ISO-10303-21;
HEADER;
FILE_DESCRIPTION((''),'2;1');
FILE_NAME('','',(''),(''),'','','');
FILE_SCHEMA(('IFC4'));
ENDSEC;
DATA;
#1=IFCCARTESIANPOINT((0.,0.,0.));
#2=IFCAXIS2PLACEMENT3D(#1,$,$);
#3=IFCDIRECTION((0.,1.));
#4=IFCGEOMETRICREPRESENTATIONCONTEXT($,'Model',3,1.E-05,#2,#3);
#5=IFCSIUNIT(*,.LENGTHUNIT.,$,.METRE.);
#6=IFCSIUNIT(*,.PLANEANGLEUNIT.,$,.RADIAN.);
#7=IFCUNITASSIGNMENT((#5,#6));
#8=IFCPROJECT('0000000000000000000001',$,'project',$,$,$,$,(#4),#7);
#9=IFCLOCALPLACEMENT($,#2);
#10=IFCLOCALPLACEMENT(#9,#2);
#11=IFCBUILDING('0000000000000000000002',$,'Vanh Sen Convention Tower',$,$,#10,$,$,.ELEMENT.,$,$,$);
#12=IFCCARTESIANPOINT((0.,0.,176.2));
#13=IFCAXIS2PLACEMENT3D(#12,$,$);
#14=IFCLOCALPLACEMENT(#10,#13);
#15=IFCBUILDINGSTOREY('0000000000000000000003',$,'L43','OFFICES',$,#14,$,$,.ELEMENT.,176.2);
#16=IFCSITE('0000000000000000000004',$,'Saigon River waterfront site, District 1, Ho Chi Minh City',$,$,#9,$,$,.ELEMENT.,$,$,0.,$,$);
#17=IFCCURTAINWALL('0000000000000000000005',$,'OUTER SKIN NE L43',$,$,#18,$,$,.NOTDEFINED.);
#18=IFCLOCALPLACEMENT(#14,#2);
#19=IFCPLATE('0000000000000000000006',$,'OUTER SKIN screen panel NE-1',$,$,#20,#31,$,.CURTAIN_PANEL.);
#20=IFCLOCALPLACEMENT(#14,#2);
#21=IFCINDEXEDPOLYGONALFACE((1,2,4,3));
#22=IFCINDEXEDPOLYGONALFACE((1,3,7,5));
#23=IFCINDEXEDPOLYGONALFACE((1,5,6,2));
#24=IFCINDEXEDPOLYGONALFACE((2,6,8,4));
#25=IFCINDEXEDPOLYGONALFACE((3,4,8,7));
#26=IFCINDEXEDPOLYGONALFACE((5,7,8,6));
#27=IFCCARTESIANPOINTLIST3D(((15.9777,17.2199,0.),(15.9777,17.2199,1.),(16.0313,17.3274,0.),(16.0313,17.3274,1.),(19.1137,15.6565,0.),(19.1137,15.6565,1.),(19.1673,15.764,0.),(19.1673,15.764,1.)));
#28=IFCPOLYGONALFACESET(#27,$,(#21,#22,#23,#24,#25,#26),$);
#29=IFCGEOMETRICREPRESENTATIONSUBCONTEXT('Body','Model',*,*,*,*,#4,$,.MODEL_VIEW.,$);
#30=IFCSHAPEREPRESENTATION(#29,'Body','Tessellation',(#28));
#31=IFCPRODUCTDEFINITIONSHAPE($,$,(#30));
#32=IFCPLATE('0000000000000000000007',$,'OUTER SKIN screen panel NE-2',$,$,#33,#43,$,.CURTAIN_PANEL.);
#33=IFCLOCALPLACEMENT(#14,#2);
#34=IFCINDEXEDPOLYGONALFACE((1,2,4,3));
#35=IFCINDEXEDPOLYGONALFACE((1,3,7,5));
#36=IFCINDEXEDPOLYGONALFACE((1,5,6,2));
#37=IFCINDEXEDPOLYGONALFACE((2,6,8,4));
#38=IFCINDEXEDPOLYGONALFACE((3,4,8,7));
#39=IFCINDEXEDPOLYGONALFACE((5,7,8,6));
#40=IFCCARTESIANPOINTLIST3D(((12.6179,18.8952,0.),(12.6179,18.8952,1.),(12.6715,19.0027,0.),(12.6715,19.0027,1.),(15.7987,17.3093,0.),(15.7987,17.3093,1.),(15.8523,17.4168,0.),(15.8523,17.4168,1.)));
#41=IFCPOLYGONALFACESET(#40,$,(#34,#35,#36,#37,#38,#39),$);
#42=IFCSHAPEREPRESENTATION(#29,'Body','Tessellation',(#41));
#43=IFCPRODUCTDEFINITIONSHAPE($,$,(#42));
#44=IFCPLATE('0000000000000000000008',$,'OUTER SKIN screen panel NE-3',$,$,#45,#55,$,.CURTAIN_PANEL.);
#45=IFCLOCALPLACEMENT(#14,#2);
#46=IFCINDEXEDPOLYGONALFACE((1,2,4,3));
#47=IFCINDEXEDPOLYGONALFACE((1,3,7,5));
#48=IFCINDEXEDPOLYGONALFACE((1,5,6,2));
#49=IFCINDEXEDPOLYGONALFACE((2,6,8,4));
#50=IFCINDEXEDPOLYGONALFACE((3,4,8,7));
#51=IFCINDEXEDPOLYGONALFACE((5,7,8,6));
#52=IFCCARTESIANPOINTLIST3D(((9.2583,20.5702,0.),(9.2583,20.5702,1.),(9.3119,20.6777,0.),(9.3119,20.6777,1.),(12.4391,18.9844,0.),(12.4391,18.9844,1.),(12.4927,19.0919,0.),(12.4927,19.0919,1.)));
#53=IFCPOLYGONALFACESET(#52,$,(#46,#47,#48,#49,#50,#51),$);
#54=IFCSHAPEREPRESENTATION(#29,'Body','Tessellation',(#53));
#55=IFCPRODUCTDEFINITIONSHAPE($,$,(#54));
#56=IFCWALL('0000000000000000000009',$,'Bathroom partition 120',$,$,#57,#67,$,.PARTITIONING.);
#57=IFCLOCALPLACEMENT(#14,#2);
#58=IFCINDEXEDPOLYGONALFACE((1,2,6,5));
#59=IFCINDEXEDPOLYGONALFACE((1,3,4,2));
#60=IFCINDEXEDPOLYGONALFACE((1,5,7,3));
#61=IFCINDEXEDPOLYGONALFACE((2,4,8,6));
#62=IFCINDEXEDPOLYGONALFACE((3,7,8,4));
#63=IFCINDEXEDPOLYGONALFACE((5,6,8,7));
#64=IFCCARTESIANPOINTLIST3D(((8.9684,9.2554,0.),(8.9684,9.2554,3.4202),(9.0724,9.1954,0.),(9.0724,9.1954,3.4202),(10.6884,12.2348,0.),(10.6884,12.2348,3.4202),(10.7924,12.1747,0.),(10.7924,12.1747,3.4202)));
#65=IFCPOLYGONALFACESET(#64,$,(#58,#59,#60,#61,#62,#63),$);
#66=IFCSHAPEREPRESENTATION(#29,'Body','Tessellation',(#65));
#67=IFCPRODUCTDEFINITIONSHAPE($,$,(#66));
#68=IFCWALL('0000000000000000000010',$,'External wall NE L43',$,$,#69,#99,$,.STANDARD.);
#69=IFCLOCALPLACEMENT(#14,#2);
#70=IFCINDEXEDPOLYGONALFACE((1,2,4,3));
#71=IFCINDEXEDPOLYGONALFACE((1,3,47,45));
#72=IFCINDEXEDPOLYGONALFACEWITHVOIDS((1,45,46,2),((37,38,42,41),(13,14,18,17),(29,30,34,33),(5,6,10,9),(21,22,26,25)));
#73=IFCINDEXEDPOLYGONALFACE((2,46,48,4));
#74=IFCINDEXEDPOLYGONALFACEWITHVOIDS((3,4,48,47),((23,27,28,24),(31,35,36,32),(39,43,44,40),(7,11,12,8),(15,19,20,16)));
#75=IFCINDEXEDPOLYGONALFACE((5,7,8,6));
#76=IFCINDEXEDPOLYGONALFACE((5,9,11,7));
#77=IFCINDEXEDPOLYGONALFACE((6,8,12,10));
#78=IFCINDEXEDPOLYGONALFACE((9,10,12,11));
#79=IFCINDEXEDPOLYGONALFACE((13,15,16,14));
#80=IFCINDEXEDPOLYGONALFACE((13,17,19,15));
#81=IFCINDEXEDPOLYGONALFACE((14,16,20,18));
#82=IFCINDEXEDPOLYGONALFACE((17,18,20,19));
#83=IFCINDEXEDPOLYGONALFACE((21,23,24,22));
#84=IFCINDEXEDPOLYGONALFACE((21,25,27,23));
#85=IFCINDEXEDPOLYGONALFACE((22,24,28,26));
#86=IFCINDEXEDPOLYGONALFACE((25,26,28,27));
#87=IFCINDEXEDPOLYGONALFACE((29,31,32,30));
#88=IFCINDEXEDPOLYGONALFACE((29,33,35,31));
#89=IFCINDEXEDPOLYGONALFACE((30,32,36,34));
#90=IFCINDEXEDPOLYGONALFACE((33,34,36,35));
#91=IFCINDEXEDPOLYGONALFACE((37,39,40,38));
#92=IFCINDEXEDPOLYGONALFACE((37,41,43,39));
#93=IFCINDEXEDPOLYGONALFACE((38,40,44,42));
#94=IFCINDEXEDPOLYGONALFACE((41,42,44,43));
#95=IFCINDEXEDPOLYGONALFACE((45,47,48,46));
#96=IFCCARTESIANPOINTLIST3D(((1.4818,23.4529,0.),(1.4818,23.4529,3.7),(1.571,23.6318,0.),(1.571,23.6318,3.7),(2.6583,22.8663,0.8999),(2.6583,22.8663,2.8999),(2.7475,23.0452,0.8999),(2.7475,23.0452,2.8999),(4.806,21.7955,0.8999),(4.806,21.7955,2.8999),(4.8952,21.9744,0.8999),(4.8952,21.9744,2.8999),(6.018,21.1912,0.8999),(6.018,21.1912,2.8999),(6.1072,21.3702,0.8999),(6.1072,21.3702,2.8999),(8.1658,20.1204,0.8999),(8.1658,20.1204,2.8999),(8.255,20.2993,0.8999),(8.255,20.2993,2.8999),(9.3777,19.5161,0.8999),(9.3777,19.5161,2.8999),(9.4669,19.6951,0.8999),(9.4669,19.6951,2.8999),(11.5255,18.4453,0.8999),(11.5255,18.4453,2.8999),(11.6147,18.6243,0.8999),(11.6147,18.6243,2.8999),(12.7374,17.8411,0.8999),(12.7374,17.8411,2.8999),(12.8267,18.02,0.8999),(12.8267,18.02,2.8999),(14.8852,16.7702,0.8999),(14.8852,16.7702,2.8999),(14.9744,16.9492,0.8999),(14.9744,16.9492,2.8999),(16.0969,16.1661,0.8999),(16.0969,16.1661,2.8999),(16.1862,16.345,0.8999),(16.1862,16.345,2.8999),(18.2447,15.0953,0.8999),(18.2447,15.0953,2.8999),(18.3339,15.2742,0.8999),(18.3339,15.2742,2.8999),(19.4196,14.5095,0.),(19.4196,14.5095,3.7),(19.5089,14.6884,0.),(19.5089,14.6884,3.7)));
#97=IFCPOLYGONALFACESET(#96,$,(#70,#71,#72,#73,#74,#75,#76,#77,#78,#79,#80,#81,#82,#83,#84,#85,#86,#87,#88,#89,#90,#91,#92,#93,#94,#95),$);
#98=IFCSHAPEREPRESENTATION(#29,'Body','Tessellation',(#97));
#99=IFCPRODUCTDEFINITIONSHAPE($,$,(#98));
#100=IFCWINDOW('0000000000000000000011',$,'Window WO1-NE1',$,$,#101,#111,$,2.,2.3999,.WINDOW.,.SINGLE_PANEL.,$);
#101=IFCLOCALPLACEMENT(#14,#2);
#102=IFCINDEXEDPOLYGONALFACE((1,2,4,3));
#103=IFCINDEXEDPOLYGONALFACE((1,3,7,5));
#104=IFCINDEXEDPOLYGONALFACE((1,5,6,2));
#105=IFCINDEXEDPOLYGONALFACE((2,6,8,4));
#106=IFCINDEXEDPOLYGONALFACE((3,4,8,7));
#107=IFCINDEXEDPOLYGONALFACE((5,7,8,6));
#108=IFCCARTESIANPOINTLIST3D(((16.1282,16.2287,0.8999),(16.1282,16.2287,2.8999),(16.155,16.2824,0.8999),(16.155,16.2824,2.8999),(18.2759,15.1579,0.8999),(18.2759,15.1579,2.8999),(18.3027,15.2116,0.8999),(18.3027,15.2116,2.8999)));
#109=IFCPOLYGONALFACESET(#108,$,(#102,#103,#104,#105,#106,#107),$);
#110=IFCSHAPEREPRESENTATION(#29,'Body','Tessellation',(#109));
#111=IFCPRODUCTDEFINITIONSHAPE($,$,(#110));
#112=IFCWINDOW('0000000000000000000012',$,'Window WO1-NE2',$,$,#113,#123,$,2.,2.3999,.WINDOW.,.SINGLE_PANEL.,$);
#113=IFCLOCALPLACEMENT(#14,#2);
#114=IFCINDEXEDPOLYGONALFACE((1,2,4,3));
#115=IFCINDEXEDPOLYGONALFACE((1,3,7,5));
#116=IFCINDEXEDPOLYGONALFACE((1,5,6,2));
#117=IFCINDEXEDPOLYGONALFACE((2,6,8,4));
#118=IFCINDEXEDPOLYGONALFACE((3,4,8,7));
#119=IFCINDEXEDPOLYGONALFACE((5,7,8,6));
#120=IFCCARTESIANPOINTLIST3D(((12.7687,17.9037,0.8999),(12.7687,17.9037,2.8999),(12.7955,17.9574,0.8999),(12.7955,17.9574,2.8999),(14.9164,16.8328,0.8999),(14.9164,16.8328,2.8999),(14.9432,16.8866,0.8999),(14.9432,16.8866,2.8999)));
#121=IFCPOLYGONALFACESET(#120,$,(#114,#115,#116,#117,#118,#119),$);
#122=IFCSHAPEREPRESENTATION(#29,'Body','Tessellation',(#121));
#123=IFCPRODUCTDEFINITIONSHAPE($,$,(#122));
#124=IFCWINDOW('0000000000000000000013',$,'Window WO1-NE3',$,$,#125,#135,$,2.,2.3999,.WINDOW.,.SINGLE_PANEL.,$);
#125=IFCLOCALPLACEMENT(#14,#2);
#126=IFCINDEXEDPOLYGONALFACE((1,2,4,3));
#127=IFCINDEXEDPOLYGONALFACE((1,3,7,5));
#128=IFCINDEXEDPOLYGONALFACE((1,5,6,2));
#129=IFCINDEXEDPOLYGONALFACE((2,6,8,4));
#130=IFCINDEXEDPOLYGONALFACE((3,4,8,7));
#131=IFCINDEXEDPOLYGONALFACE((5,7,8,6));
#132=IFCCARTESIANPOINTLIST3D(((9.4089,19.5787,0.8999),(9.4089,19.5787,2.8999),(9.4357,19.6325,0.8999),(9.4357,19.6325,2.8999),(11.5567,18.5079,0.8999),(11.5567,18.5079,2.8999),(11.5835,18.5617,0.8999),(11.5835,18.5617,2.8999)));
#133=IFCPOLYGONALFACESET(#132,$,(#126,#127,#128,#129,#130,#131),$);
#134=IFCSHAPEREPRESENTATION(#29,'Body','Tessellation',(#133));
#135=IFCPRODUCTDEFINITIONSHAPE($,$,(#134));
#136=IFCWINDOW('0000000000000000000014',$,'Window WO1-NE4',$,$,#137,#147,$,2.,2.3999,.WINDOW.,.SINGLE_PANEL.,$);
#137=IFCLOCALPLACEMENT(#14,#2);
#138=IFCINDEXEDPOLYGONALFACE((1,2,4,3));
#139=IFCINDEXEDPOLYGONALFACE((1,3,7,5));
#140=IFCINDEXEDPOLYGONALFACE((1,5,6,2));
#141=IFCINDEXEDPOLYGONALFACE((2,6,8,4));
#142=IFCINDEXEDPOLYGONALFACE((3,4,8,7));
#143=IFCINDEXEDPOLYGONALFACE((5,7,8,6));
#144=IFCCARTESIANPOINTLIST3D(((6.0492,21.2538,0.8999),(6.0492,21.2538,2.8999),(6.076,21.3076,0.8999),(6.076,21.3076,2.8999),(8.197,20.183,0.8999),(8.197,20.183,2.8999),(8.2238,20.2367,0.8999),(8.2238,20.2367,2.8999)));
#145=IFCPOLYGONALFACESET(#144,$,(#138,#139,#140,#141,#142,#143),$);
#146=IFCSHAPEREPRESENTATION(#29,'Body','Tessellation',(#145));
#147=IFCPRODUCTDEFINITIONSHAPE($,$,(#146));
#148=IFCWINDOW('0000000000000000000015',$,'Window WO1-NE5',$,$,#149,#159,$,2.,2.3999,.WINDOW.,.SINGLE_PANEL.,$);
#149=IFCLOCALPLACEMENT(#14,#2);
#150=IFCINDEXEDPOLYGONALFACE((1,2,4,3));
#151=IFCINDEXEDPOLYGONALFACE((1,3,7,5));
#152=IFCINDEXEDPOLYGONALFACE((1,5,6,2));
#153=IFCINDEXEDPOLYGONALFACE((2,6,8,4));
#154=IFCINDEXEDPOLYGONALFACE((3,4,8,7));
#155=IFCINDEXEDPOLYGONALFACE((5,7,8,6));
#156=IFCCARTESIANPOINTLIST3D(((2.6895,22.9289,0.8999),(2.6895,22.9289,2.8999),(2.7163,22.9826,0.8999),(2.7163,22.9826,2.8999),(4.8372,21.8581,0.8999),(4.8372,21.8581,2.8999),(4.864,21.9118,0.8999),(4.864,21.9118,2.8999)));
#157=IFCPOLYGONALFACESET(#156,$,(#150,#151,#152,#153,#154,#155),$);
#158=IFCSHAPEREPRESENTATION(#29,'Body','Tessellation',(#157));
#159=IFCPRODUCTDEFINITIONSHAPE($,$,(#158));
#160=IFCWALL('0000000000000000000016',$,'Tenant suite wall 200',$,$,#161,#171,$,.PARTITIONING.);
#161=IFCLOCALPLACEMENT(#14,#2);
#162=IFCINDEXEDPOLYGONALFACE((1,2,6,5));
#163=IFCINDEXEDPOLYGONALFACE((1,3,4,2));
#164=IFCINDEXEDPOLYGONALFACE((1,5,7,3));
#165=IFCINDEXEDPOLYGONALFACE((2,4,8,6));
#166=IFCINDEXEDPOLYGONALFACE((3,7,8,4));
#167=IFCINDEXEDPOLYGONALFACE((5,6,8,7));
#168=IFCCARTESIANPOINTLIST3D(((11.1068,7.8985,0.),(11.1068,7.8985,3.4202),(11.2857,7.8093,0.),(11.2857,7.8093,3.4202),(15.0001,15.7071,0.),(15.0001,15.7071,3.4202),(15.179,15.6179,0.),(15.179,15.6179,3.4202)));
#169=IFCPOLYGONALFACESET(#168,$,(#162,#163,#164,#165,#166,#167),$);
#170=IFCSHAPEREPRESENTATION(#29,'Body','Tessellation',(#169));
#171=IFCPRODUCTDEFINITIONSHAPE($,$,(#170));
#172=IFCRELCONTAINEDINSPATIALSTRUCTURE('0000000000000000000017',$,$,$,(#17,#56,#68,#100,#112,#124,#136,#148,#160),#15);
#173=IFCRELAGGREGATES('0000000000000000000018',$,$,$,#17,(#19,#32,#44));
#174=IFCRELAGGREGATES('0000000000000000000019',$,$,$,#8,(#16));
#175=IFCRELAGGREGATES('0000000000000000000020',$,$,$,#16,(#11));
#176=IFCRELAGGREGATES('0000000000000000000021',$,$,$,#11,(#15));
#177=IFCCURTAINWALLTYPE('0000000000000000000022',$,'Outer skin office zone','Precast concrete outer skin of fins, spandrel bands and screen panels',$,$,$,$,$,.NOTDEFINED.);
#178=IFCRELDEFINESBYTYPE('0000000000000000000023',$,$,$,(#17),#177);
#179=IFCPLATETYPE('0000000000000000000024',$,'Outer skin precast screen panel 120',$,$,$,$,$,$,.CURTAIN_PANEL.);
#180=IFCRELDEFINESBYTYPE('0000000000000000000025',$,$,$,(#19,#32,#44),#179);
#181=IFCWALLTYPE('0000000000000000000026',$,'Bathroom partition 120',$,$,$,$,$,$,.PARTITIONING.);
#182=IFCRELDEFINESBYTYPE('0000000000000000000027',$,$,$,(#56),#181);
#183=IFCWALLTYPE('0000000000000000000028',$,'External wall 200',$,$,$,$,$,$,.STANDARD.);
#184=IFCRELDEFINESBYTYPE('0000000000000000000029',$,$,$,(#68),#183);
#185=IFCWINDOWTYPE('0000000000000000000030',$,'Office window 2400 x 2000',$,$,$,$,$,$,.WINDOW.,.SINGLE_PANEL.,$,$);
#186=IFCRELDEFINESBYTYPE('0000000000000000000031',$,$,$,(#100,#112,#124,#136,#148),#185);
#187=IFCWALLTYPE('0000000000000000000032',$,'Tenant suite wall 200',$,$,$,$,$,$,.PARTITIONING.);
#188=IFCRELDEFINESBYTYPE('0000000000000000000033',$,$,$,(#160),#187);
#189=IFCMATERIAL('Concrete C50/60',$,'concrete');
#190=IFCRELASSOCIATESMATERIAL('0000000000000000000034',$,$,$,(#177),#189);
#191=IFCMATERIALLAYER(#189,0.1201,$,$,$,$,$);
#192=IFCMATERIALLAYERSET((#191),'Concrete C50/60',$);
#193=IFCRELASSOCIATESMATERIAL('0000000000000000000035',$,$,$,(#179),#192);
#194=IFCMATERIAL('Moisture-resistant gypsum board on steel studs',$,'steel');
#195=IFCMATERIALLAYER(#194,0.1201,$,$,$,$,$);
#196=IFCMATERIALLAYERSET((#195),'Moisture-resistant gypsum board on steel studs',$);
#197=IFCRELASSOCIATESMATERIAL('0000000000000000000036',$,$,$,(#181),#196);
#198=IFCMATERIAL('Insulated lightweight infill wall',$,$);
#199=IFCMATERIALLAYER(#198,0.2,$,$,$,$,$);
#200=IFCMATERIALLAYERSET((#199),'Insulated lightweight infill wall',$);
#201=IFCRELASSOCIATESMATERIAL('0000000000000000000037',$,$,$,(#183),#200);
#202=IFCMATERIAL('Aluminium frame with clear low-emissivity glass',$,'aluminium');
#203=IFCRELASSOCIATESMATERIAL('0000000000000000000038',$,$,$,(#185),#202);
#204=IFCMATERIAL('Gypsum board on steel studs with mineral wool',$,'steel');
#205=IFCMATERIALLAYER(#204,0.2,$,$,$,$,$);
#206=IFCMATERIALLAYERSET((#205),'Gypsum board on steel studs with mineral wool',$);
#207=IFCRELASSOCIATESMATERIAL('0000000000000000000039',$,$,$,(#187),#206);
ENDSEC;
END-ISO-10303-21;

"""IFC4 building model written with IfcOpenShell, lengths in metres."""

from ifc_helpers import new_model, si_unit, direction, frame, frame_2d, origin, origin_2d, place, context, subcontext, project, spatial, rectangle, extrude, material, layer, layer_set, type_object, element, fill, aggregate, save


model = new_model("IFC4")

# Units and contexts
model_context = context("Model", 3, precision=1e-05, world=origin(), true_north=direction((0.0, 1.0)))
body_context = subcontext(model_context, "Body", "Model", "MODEL_VIEW")
ifc_project = project(units=[si_unit("LENGTHUNIT", "METRE"), si_unit("PLANEANGLEUNIT", "RADIAN")], contexts=[model_context])

# Site, building, storey
site_placement = place(None, origin())
site = spatial("IfcSite", under=ifc_project, at=site_placement, Name="Saigon River waterfront site, District 1, Ho Chi Minh City", CompositionType="ELEMENT", RefElevation=0.0)
building_placement = place(site_placement, origin())
building = spatial("IfcBuilding", under=site, at=building_placement, Name="Vanh Sen Convention Tower", CompositionType="ELEMENT")
storey_placement = place(building_placement, frame((0.0, 0.0, 176.2)))
storey = spatial("IfcBuildingStorey", under=building, at=storey_placement, Name="L43", Description="OFFICES", CompositionType="ELEMENT", Elevation=176.2)

# Curtain wall
ifc_material_1 = material(Name="Concrete C50/60", Category="concrete")
curtain_wall_type = type_object("IfcCurtainWallType", Name="Outer skin office zone", Description="Precast concrete outer skin of fins, spandrel bands and screen panels", PredefinedType="NOTDEFINED", material=ifc_material_1)
curtain_wall_1_placement = place(storey_placement, origin())
curtain_wall_1 = element("IfcCurtainWall", 1, at=curtain_wall_1_placement, inside=storey, type_object=curtain_wall_type, Name="OUTER SKIN NE L43", PredefinedType="NOTDEFINED")

# Shared definitions
ifc_layer_1 = layer(ifc_material_1, 0.1201)
ifc_layer_set_1 = layer_set([ifc_layer_1], Name="Concrete C50/60")
plate_type = type_object("IfcPlateType", Name="Outer skin precast screen panel 120", PredefinedType="CURTAIN_PANEL", material=ifc_layer_set_1)

# Plates
plate_1_placement = place(storey_placement, frame((17.5725, 16.4919, 0.0), z_axis=(0.0, 0.0, 1.0), x_axis=(-0.894944, 0.446179, 0.0)))
plate_1 = element("IfcPlate", 2, at=plate_1_placement, type_object=plate_type, Name="OUTER SKIN screen panel NE-1", PredefinedType="CURTAIN_PANEL", context=body_context, shape_type="SweptSolid", body=[
    extrude(rectangle(XDim=3.5042, YDim=0.1201, at=origin_2d()), origin(), (0.0, 0.0, 1.0), 1.0),
])
plate_2_placement = place(storey_placement, frame((14.2351, 18.156, 0.0), z_axis=(0.0, 0.0, 1.0), x_axis=(-0.894933, 0.446201, 0.0)))
plate_2 = element("IfcPlate", 3, at=plate_2_placement, type_object=plate_type, Name="OUTER SKIN screen panel NE-2", PredefinedType="CURTAIN_PANEL", context=body_context, shape_type="SweptSolid", body=[
    extrude(rectangle(XDim=3.5542, YDim=0.1201, at=origin_2d()), origin(), (0.0, 0.0, 1.0), 1.0),
])
plate_3_placement = place(storey_placement, frame((10.8755, 19.8311, 0.0), z_axis=(0.0, 0.0, 1.0), x_axis=(-0.894933, 0.446201, 0.0)))
plate_3 = element("IfcPlate", 4, at=plate_3_placement, type_object=plate_type, Name="OUTER SKIN screen panel NE-3", PredefinedType="CURTAIN_PANEL", context=body_context, shape_type="SweptSolid", body=[
    extrude(rectangle(XDim=3.5542, YDim=0.1201, at=origin_2d()), origin(), (0.0, 0.0, 1.0), 1.0),
])
aggregate(curtain_wall_1, [plate_1, plate_2, plate_3])

# Wall
ifc_material_2 = material(Name="Moisture-resistant gypsum board on steel studs", Category="steel")
ifc_layer_2 = layer(ifc_material_2, 0.1201)
ifc_layer_set_2 = layer_set([ifc_layer_2], Name="Moisture-resistant gypsum board on steel studs")
wall_type_1 = type_object("IfcWallType", Name="Bathroom partition 120", PredefinedType="PARTITIONING", material=ifc_layer_set_2)
wall_1_placement = place(storey_placement, frame((10.7405, 12.2048, 0.0), z_axis=(0.0, 0.0, 1.0), x_axis=(-0.499978, -0.866038, 0.0)))
element("IfcWall", 5, at=wall_1_placement, inside=storey, type_object=wall_type_1, Name="Bathroom partition 120", PredefinedType="PARTITIONING", context=body_context, shape_type="SweptSolid", body=[
    extrude(rectangle(XDim=3.4402, YDim=0.1201, at=frame_2d((1.7202, 0.0))), origin(), (0.0, 0.0, 1.0), 3.4202),
])

# Wall, openings, windows
ifc_material_3 = material(Name="Insulated lightweight infill wall")
ifc_layer_3 = layer(ifc_material_3, 0.2)
ifc_layer_set_3 = layer_set([ifc_layer_3], Name="Insulated lightweight infill wall")
wall_type_2 = type_object("IfcWallType", Name="External wall 200", PredefinedType="STANDARD", material=ifc_layer_set_3)
wall_2_placement = place(storey_placement, frame((19.4644, 14.5989, 0.0), z_axis=(0.0, 0.0, 1.0), x_axis=(-0.894936, 0.446195, 0.0)))
wall_2 = element("IfcWall", 6, at=wall_2_placement, inside=storey, type_object=wall_type_2, Name="External wall NE L43", PredefinedType="STANDARD", context=body_context, shape_type="SweptSolid", body=[
    extrude(rectangle(XDim=20.0437, YDim=0.2, at=frame_2d((10.022, 0.0))), origin(), (0.0, 0.0, 1.0), 3.7),
])
opening_1_placement = place(wall_2_placement, frame((1.313, 0.0, 0.8999)))
opening_1 = element("IfcOpeningElement", 7, at=opening_1_placement, cuts=wall_2, PredefinedType="OPENING", context=body_context, shape_type="SweptSolid", body=[
    extrude(rectangle(XDim=2.3999, YDim=2.0, at=frame_2d((1.2, 1.0))), frame((0.0, 0.1099, 0.0), z_axis=(0.0, -1.0, 0.0), x_axis=(1.0, 0.0, 0.0)), (0.0, 0.0, 1.0), 0.22),
])
opening_2_placement = place(wall_2_placement, frame((5.0669, 0.0, 0.8999)))
opening_2 = element("IfcOpeningElement", 8, at=opening_2_placement, cuts=wall_2, PredefinedType="OPENING", context=body_context, shape_type="SweptSolid", body=[
    extrude(rectangle(XDim=2.3999, YDim=2.0, at=frame_2d((1.2, 1.0))), frame((0.0, 0.1099, 0.0), z_axis=(0.0, -1.0, 0.0), x_axis=(1.0, 0.0, 0.0)), (0.0, 0.0, 1.0), 0.22),
])
opening_3_placement = place(wall_2_placement, frame((8.821, 0.0, 0.8999)))
opening_3 = element("IfcOpeningElement", 9, at=opening_3_placement, cuts=wall_2, PredefinedType="OPENING", context=body_context, shape_type="SweptSolid", body=[
    extrude(rectangle(XDim=2.3999, YDim=2.0, at=frame_2d((1.2, 1.0))), frame((0.0, 0.1099, 0.0), z_axis=(0.0, -1.0, 0.0), x_axis=(1.0, 0.0, 0.0)), (0.0, 0.0, 1.0), 0.22),
])
opening_4_placement = place(wall_2_placement, frame((12.5752, 0.0, 0.8999)))
opening_4 = element("IfcOpeningElement", 10, at=opening_4_placement, cuts=wall_2, PredefinedType="OPENING", context=body_context, shape_type="SweptSolid", body=[
    extrude(rectangle(XDim=2.3999, YDim=2.0, at=frame_2d((1.2, 1.0))), frame((0.0, 0.1099, 0.0), z_axis=(0.0, -1.0, 0.0), x_axis=(1.0, 0.0, 0.0)), (0.0, 0.0, 1.0), 0.22),
])
opening_5_placement = place(wall_2_placement, frame((16.3293, 0.0, 0.8999)))
opening_5 = element("IfcOpeningElement", 11, at=opening_5_placement, cuts=wall_2, PredefinedType="OPENING", context=body_context, shape_type="SweptSolid", body=[
    extrude(rectangle(XDim=2.3999, YDim=2.0, at=frame_2d((1.2, 1.0))), frame((0.0, 0.1099, 0.0), z_axis=(0.0, -1.0, 0.0), x_axis=(1.0, 0.0, 0.0)), (0.0, 0.0, 1.0), 0.22),
])
ifc_material_4 = material(Name="Aluminium frame with clear low-emissivity glass", Category="aluminium")
window_type = type_object("IfcWindowType", Name="Office window 2400 x 2000", PartitioningType="SINGLE_PANEL", PredefinedType="WINDOW", material=ifc_material_4)
window_1_placement = place(opening_1_placement, origin())
window_1 = element("IfcWindow", 12, at=window_1_placement, inside=storey, type_object=window_type, Name="Window WO1-NE1", OverallHeight=2.0, OverallWidth=2.3999, PartitioningType="SINGLE_PANEL", PredefinedType="WINDOW", context=body_context, shape_type="SweptSolid", body=[
    extrude(rectangle(XDim=2.3999, YDim=2.0, at=frame_2d((1.2, 1.0))), frame((0.0, 0.03, 0.0), z_axis=(0.0, -1.0, 0.0), x_axis=(1.0, 0.0, 0.0)), (0.0, 0.0, 1.0), 0.0601),
])
fill(opening_1, window_1)
window_2_placement = place(opening_2_placement, origin())
window_2 = element("IfcWindow", 13, at=window_2_placement, inside=storey, type_object=window_type, Name="Window WO1-NE2", OverallHeight=2.0, OverallWidth=2.3999, PartitioningType="SINGLE_PANEL", PredefinedType="WINDOW", context=body_context, shape_type="SweptSolid", body=[
    extrude(rectangle(XDim=2.3999, YDim=2.0, at=frame_2d((1.2, 1.0))), frame((0.0, 0.03, 0.0), z_axis=(0.0, -1.0, 0.0), x_axis=(1.0, 0.0, 0.0)), (0.0, 0.0, 1.0), 0.0601),
])
fill(opening_2, window_2)
window_3_placement = place(opening_3_placement, origin())
window_3 = element("IfcWindow", 14, at=window_3_placement, inside=storey, type_object=window_type, Name="Window WO1-NE3", OverallHeight=2.0, OverallWidth=2.3999, PartitioningType="SINGLE_PANEL", PredefinedType="WINDOW", context=body_context, shape_type="SweptSolid", body=[
    extrude(rectangle(XDim=2.3999, YDim=2.0, at=frame_2d((1.2, 1.0))), frame((0.0, 0.03, 0.0), z_axis=(0.0, -1.0, 0.0), x_axis=(1.0, 0.0, 0.0)), (0.0, 0.0, 1.0), 0.0601),
])
fill(opening_3, window_3)
window_4_placement = place(opening_4_placement, origin())
window_4 = element("IfcWindow", 15, at=window_4_placement, inside=storey, type_object=window_type, Name="Window WO1-NE4", OverallHeight=2.0, OverallWidth=2.3999, PartitioningType="SINGLE_PANEL", PredefinedType="WINDOW", context=body_context, shape_type="SweptSolid", body=[
    extrude(rectangle(XDim=2.3999, YDim=2.0, at=frame_2d((1.2, 1.0))), frame((0.0, 0.03, 0.0), z_axis=(0.0, -1.0, 0.0), x_axis=(1.0, 0.0, 0.0)), (0.0, 0.0, 1.0), 0.0601),
])
fill(opening_4, window_4)
window_5_placement = place(opening_5_placement, origin())
window_5 = element("IfcWindow", 16, at=window_5_placement, inside=storey, type_object=window_type, Name="Window WO1-NE5", OverallHeight=2.0, OverallWidth=2.3999, PartitioningType="SINGLE_PANEL", PredefinedType="WINDOW", context=body_context, shape_type="SweptSolid", body=[
    extrude(rectangle(XDim=2.3999, YDim=2.0, at=frame_2d((1.2, 1.0))), frame((0.0, 0.03, 0.0), z_axis=(0.0, -1.0, 0.0), x_axis=(1.0, 0.0, 0.0)), (0.0, 0.0, 1.0), 0.0601),
])
fill(opening_5, window_5)

# Wall
ifc_material_5 = material(Name="Gypsum board on steel studs with mineral wool", Category="steel")
ifc_layer_4 = layer(ifc_material_5, 0.2)
ifc_layer_set_4 = layer_set([ifc_layer_4], Name="Gypsum board on steel studs with mineral wool")
wall_type_3 = type_object("IfcWallType", Name="Tenant suite wall 200", PredefinedType="PARTITIONING", material=ifc_layer_set_4)
wall_3_placement = place(storey_placement, frame((15.0896, 15.6626, 0.0), z_axis=(0.0, 0.0, 1.0), x_axis=(-0.446206, -0.89493, 0.0)))
element("IfcWall", 17, at=wall_3_placement, inside=storey, type_object=wall_type_3, Name="Tenant suite wall 200", PredefinedType="PARTITIONING", context=body_context, shape_type="SweptSolid", body=[
    extrude(rectangle(XDim=8.7253, YDim=0.2, at=frame_2d((4.3628, 0.0))), origin(), (0.0, 0.0, 1.0), 3.4202),
])

save(model, "model.ifc")
